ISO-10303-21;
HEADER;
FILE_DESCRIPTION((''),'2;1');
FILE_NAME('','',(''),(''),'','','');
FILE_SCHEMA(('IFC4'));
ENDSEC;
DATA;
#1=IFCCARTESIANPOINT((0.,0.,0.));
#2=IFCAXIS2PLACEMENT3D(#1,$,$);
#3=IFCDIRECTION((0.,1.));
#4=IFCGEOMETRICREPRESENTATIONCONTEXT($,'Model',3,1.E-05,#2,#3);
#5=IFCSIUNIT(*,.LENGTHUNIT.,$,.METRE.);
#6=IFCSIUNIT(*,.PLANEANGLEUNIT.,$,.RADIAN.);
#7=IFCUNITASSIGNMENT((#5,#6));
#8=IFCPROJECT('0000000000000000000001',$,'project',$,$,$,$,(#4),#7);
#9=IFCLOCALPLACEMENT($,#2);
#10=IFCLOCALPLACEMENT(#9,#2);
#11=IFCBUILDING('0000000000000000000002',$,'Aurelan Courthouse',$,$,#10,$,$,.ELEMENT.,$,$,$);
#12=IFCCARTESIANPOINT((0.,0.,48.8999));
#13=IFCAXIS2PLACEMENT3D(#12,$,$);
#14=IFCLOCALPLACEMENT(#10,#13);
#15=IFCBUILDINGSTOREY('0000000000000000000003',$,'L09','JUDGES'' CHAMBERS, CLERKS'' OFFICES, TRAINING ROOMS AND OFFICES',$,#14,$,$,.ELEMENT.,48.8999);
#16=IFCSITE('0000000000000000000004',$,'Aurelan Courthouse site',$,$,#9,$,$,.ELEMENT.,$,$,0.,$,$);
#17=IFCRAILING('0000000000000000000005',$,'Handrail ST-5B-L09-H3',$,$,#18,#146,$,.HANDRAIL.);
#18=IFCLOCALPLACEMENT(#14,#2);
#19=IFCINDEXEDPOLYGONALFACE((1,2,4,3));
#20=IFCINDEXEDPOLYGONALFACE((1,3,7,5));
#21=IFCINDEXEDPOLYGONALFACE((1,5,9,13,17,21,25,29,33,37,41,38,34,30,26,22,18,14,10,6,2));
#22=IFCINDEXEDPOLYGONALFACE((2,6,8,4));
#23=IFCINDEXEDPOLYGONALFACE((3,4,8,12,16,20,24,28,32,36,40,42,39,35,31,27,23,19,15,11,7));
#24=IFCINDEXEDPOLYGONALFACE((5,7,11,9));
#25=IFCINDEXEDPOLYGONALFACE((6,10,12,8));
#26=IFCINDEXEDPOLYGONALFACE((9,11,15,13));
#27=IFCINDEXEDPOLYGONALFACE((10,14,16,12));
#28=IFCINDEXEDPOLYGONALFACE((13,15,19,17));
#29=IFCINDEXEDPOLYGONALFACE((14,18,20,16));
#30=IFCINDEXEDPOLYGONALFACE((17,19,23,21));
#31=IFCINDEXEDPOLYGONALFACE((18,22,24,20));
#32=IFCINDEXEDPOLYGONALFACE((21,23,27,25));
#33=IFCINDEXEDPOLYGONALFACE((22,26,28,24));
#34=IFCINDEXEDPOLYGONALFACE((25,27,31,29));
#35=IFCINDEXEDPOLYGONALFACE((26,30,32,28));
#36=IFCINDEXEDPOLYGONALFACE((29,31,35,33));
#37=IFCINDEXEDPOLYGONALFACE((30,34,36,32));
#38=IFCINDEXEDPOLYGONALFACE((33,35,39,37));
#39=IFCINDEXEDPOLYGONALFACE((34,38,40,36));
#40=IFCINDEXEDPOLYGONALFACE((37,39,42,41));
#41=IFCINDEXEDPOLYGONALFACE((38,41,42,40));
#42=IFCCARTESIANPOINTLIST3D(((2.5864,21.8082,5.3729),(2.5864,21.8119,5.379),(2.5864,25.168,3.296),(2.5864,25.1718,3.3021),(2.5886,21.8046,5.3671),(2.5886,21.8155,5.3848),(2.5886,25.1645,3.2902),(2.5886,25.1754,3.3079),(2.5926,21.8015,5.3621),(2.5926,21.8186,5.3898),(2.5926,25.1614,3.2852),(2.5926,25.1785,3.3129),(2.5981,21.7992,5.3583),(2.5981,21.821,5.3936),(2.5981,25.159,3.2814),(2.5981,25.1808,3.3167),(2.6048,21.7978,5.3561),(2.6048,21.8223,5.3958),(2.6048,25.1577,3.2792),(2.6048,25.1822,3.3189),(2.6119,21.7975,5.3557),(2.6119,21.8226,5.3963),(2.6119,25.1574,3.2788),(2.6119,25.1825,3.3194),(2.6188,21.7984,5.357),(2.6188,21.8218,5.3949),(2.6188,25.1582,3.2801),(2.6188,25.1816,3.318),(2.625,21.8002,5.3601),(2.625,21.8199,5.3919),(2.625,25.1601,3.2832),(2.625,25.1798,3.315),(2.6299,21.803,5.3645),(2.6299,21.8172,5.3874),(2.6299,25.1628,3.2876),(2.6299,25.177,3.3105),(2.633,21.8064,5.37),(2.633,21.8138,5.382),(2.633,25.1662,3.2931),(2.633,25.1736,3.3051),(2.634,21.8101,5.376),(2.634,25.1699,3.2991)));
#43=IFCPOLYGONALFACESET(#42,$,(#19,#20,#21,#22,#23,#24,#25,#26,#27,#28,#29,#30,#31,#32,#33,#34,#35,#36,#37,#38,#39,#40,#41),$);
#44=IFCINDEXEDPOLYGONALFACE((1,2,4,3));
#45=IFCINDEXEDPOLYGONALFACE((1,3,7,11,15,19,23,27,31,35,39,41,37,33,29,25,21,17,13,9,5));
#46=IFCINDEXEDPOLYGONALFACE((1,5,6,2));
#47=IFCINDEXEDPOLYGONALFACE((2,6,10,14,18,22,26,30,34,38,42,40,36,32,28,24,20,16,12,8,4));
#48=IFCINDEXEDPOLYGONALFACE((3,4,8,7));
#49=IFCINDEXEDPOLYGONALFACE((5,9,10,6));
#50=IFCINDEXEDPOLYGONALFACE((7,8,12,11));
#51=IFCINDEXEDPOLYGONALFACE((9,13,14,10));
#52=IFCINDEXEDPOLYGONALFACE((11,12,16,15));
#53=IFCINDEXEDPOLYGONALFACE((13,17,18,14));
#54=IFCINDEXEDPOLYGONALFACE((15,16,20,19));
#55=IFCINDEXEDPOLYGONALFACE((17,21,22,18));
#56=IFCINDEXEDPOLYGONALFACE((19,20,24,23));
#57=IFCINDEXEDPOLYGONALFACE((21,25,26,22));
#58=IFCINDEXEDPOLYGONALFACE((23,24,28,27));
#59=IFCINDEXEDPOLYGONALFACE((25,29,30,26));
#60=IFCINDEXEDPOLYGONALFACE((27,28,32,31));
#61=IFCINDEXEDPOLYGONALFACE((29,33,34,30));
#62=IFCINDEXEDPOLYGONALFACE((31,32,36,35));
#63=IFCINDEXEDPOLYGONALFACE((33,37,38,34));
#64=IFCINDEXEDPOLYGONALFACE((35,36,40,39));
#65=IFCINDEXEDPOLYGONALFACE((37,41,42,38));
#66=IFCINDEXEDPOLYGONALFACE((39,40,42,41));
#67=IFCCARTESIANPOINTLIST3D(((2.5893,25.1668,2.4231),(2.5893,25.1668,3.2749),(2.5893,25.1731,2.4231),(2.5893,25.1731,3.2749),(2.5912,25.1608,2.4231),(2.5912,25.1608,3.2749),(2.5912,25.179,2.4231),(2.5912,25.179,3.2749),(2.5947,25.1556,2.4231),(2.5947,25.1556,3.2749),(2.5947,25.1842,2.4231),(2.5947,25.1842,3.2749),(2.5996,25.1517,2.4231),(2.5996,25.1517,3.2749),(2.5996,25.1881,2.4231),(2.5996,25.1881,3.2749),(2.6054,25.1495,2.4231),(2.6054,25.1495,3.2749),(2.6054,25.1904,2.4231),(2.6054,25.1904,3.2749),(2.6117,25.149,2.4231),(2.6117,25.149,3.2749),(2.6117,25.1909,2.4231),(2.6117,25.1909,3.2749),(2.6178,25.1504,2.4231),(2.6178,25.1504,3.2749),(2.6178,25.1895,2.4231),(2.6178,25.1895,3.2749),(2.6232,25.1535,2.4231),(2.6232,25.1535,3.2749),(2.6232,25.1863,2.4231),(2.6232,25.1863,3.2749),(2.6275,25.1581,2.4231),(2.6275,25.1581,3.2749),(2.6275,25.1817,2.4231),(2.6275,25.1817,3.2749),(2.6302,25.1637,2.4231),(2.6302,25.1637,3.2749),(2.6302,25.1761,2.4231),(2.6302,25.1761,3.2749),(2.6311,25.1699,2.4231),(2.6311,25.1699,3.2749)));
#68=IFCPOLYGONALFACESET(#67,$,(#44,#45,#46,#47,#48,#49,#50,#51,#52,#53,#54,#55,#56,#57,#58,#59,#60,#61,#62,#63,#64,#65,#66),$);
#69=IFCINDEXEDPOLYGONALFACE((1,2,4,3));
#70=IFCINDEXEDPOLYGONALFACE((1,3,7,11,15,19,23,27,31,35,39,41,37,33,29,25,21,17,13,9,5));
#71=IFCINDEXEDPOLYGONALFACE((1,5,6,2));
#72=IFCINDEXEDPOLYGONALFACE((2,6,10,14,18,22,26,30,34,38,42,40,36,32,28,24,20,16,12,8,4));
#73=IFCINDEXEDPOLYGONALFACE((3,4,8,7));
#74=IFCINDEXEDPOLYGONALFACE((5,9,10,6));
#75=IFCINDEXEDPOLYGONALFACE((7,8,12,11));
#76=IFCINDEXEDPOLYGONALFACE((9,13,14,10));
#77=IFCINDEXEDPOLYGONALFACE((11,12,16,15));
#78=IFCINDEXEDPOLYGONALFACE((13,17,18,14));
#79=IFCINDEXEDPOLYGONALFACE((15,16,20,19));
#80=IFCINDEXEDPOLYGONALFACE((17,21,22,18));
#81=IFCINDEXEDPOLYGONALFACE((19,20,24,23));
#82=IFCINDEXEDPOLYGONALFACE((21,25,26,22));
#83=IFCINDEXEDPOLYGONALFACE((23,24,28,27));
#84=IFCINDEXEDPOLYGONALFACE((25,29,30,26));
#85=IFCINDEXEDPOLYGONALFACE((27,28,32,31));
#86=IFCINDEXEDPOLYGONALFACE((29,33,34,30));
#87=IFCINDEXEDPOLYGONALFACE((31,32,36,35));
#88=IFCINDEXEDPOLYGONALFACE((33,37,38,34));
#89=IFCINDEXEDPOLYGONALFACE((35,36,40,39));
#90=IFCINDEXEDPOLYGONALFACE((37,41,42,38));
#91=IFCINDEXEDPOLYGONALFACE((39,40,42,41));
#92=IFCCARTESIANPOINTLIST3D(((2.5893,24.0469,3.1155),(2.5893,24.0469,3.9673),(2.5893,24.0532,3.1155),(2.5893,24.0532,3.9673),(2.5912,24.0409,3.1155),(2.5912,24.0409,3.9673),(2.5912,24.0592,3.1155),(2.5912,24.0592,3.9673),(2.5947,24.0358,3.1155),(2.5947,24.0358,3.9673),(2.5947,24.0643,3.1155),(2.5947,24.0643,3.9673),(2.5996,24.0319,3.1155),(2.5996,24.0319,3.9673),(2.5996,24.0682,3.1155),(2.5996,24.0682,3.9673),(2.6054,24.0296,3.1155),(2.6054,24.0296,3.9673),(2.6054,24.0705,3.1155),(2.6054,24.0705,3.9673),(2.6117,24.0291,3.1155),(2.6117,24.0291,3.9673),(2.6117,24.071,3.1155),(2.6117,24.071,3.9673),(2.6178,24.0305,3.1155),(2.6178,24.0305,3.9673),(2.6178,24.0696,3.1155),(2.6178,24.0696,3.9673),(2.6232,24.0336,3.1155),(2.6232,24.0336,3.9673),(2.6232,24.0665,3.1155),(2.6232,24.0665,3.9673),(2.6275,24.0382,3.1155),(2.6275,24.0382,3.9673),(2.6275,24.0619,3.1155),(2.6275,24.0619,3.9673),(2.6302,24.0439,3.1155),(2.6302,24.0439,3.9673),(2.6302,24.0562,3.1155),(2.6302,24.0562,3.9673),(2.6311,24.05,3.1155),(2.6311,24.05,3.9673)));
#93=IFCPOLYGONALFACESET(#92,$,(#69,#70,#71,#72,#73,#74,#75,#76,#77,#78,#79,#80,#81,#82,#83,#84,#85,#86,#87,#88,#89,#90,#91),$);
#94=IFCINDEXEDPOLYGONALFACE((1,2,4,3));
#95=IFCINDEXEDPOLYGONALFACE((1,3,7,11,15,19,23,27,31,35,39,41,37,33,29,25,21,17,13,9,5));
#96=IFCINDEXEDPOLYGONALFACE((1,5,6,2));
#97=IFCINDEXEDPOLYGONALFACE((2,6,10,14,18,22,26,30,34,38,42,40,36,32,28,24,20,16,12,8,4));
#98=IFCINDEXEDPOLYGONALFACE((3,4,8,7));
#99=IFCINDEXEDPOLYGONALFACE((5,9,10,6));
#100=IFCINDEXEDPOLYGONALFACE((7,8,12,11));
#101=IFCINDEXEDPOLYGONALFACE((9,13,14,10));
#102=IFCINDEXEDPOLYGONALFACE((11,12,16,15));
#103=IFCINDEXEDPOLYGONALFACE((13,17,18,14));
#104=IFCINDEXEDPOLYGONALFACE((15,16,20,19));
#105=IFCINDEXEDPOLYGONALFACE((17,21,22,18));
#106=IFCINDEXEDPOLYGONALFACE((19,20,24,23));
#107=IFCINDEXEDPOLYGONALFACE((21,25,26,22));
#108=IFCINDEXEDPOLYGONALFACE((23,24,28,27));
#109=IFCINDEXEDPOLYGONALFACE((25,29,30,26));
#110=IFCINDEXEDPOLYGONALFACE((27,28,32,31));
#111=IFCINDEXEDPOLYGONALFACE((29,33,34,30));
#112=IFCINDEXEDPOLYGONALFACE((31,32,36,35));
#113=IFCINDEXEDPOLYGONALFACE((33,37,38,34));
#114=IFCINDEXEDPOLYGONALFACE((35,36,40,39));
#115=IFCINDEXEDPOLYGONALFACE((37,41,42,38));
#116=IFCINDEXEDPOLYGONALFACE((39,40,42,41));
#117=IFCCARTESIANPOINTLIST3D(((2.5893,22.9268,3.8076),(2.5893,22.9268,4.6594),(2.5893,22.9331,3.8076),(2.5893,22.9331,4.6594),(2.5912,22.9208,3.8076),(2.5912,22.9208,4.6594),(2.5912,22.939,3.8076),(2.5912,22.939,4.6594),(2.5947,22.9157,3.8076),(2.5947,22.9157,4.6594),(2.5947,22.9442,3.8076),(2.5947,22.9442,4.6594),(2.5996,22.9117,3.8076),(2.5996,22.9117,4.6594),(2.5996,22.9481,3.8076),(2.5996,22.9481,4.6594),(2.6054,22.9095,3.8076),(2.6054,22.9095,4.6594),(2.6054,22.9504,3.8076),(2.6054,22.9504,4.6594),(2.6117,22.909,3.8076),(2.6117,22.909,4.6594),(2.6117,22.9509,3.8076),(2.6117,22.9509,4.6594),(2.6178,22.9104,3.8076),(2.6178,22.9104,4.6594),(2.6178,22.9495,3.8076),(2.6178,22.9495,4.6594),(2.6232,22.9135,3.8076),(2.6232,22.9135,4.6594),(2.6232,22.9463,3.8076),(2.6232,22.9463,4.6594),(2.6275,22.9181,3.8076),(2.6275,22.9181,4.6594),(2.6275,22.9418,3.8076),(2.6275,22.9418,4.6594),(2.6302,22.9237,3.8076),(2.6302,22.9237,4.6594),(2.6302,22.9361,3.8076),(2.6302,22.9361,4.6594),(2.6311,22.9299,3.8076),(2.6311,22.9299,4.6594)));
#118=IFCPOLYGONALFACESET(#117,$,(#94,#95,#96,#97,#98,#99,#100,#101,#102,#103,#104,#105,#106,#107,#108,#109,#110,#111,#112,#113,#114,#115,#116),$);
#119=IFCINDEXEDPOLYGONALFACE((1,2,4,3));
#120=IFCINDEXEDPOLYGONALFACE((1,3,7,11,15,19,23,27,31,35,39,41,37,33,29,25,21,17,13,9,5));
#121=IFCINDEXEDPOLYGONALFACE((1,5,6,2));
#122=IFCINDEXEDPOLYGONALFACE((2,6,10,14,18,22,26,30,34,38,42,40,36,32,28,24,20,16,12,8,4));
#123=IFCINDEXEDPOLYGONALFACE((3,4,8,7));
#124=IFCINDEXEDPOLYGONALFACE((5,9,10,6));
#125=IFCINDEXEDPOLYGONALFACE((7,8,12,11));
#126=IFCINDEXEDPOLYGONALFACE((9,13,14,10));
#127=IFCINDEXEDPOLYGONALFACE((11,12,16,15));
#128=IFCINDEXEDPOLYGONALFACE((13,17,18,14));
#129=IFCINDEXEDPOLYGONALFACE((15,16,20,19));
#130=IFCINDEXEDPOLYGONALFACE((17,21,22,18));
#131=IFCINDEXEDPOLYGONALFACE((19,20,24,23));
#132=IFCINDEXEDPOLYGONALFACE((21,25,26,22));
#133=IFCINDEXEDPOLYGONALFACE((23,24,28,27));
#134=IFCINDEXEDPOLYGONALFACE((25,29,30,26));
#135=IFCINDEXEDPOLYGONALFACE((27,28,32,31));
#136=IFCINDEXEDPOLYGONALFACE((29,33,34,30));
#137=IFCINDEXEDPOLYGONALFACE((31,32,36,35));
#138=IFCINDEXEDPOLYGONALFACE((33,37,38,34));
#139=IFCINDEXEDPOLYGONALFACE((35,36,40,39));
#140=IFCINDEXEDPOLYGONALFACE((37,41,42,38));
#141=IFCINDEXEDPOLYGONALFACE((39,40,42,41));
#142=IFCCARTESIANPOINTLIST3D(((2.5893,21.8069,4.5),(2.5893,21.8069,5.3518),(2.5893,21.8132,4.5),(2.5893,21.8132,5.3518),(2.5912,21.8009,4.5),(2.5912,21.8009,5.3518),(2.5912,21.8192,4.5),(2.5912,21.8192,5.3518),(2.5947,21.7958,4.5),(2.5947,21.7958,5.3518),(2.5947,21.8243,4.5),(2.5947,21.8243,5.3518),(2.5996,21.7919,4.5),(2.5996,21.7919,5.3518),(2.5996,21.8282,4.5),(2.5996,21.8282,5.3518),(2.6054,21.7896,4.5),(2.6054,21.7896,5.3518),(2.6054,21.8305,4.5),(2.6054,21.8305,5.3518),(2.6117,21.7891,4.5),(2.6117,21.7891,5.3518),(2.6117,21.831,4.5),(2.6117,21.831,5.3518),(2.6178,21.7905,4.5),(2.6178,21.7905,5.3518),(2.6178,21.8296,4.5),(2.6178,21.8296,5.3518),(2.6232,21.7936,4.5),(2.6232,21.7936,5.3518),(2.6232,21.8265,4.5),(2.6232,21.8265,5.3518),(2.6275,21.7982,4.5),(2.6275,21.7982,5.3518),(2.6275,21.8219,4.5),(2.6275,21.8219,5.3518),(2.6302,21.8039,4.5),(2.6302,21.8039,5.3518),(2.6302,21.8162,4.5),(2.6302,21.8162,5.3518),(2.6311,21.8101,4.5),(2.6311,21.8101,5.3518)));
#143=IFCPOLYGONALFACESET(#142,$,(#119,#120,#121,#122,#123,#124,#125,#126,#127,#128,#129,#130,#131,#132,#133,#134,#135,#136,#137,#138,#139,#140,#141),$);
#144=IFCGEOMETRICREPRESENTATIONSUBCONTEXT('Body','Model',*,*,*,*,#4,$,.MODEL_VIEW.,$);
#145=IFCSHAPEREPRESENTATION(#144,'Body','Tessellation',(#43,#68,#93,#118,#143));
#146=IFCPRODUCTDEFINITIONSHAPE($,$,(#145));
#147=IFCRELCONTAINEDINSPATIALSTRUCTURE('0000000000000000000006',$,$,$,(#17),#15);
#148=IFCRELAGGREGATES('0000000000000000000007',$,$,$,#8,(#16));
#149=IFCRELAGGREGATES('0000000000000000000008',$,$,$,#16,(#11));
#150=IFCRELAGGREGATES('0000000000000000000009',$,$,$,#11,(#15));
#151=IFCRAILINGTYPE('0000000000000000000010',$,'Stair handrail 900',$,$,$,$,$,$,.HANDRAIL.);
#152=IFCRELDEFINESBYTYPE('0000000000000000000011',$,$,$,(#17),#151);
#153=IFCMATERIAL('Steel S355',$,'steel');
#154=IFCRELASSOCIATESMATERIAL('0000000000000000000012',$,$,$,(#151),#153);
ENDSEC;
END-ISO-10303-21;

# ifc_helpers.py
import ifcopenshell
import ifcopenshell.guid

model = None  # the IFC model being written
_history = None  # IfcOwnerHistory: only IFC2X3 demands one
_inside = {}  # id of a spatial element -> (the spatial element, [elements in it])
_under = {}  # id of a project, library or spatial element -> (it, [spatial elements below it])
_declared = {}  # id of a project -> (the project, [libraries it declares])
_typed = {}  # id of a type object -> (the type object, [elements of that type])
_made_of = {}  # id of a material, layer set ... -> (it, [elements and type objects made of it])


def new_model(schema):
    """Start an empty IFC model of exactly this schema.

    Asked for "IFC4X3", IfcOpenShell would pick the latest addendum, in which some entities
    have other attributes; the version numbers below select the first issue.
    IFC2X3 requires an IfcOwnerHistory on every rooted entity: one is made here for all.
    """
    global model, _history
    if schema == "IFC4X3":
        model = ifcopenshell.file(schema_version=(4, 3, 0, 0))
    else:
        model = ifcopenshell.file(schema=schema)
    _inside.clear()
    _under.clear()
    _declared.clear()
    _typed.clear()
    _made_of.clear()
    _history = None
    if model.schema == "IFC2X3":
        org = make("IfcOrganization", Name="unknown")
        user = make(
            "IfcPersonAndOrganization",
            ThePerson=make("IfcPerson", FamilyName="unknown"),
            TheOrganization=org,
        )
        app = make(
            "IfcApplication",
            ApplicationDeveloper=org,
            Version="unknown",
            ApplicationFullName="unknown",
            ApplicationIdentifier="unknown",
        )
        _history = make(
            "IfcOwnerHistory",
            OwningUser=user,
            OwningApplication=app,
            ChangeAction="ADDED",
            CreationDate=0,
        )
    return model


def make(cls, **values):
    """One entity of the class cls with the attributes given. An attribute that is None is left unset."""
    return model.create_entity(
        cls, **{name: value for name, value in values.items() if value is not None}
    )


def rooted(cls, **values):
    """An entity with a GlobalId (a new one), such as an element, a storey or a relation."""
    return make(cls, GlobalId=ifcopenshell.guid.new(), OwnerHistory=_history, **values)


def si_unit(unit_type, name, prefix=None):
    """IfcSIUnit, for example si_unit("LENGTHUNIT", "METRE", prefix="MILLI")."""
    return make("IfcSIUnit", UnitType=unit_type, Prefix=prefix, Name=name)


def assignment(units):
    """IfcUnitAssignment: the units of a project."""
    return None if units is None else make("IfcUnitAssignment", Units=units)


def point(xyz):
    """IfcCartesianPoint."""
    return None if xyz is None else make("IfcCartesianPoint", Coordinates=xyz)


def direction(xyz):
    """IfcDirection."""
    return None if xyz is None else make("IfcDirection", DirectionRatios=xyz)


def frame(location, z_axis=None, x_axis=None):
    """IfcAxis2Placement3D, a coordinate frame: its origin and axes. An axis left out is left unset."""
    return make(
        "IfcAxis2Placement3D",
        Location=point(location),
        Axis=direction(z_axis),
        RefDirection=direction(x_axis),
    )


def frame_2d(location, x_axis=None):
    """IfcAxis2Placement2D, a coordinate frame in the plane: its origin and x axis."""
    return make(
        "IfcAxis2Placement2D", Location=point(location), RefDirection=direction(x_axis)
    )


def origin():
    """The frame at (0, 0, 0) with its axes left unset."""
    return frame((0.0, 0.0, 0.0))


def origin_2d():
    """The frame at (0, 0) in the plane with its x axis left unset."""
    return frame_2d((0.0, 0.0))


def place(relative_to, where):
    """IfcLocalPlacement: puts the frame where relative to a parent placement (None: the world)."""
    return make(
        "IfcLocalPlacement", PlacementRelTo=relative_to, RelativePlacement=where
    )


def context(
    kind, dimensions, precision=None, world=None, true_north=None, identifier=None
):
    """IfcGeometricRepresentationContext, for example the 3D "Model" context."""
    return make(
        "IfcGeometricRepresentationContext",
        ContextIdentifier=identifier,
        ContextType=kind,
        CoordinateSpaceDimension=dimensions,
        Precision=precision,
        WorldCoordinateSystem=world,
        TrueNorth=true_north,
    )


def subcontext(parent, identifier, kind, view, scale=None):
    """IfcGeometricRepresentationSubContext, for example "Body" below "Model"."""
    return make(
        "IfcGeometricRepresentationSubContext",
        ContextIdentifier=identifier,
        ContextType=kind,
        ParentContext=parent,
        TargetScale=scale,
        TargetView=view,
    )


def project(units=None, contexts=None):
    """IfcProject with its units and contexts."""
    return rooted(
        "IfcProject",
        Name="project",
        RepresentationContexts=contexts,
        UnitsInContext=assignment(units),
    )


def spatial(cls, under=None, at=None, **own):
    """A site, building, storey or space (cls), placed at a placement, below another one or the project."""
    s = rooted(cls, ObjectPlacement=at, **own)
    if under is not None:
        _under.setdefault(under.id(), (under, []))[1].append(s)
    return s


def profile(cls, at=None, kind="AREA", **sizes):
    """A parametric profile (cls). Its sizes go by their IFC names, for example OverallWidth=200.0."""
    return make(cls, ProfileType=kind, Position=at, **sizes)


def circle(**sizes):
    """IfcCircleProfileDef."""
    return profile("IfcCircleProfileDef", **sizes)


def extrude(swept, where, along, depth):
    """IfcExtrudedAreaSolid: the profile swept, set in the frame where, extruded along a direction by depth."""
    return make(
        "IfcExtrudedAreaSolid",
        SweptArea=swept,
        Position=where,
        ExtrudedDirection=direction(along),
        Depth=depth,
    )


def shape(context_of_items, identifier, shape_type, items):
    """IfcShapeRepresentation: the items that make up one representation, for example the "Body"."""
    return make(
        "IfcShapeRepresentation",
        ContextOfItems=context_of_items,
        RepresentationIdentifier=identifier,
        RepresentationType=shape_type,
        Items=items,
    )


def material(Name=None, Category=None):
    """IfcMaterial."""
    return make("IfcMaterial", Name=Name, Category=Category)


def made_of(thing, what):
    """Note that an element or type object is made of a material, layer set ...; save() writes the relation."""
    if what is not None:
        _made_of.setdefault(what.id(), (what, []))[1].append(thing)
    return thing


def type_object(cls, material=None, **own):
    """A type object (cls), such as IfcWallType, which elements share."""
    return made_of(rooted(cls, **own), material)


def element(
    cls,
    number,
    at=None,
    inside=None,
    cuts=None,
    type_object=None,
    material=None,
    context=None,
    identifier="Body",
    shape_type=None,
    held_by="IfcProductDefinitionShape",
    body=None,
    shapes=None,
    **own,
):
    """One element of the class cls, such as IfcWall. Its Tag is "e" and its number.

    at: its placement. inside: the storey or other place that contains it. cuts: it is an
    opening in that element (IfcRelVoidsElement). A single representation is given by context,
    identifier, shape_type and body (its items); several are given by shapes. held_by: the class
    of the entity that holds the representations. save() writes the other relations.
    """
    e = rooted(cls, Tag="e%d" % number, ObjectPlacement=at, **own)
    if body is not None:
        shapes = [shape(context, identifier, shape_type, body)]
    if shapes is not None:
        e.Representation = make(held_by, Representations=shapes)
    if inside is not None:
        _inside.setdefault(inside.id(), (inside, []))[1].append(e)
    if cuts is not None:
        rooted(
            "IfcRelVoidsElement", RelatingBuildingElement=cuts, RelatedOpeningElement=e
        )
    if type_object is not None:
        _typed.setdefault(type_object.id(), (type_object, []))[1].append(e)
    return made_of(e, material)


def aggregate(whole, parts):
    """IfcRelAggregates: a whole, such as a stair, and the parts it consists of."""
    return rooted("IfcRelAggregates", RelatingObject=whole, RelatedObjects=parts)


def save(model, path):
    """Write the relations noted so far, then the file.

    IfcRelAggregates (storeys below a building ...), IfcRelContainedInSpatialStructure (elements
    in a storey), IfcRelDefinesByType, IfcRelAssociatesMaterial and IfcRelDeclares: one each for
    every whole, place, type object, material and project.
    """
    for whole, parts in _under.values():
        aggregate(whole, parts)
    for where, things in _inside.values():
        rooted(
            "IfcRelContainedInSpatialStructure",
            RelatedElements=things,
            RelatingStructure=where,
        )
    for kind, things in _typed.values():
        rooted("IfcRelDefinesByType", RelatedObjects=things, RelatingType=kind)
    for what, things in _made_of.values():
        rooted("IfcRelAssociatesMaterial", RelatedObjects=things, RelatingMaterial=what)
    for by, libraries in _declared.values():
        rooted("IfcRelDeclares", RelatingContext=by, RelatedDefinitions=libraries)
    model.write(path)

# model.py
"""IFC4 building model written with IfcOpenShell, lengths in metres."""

from ifc_helpers import new_model, si_unit, direction, frame, origin, origin_2d, place, context, subcontext, project, spatial, circle, extrude, material, type_object, element, save


model = new_model("IFC4")

# Units and contexts
model_context = context("Model", 3, precision=1e-05, world=origin(), true_north=direction((0.0, 1.0)))
body_context = subcontext(model_context, "Body", "Model", "MODEL_VIEW")
ifc_project = project(units=[si_unit("LENGTHUNIT", "METRE"), si_unit("PLANEANGLEUNIT", "RADIAN")], contexts=[model_context])

# Site, building, storey
site_placement = place(None, origin())
site = spatial("IfcSite", under=ifc_project, at=site_placement, Name="Aurelan Courthouse site", CompositionType="ELEMENT", RefElevation=0.0)
building_placement = place(site_placement, origin())
building = spatial("IfcBuilding", under=site, at=building_placement, Name="Aurelan Courthouse", CompositionType="ELEMENT")
storey_placement = place(building_placement, frame((0.0, 0.0, 48.8999)))
storey = spatial("IfcBuildingStorey", under=building, at=storey_placement, Name="L09", Description="JUDGES' CHAMBERS, CLERKS' OFFICES, TRAINING ROOMS AND OFFICES", CompositionType="ELEMENT", Elevation=48.8999)

# Railing
ifc_material_1 = material(Name="Steel S355", Category="steel")
railing_type_1 = type_object("IfcRailingType", Name="Stair handrail 900", PredefinedType="HANDRAIL", material=ifc_material_1)
for number, where, name in (
    (1, (2.6101, 25.1699, 2.4231), "Handrail ST-5B-L09-H3"),
):
    element("IfcRailing", number, at=place(storey_placement, frame(where)), inside=storey, type_object=railing_type_1, Name=name, PredefinedType="HANDRAIL", context=body_context, shape_type="SweptSolid", body=[
        extrude(circle(Radius=0.0239, at=origin_2d()), frame((0.0, 0.0, 0.876), z_axis=(0.0, -0.850606, 0.525803), x_axis=(1.0, 0.0, 0.0)), (0.0, 0.0, 1.0), 3.95),
        extrude(circle(Radius=0.021, at=origin_2d()), origin(), (0.0, 0.0, 1.0), 0.8518),
        extrude(circle(Radius=0.021, at=origin_2d()), frame((0.0, -1.1199, 0.6924)), (0.0, 0.0, 1.0), 0.8518),
        extrude(circle(Radius=0.021, at=origin_2d()), frame((0.0, -2.24, 1.3845)), (0.0, 0.0, 1.0), 0.8518),
        extrude(circle(Radius=0.021, at=origin_2d()), frame((0.0, -3.3599, 2.0769)), (0.0, 0.0, 1.0), 0.8518),
    ])

save(model, "model.ifc")
